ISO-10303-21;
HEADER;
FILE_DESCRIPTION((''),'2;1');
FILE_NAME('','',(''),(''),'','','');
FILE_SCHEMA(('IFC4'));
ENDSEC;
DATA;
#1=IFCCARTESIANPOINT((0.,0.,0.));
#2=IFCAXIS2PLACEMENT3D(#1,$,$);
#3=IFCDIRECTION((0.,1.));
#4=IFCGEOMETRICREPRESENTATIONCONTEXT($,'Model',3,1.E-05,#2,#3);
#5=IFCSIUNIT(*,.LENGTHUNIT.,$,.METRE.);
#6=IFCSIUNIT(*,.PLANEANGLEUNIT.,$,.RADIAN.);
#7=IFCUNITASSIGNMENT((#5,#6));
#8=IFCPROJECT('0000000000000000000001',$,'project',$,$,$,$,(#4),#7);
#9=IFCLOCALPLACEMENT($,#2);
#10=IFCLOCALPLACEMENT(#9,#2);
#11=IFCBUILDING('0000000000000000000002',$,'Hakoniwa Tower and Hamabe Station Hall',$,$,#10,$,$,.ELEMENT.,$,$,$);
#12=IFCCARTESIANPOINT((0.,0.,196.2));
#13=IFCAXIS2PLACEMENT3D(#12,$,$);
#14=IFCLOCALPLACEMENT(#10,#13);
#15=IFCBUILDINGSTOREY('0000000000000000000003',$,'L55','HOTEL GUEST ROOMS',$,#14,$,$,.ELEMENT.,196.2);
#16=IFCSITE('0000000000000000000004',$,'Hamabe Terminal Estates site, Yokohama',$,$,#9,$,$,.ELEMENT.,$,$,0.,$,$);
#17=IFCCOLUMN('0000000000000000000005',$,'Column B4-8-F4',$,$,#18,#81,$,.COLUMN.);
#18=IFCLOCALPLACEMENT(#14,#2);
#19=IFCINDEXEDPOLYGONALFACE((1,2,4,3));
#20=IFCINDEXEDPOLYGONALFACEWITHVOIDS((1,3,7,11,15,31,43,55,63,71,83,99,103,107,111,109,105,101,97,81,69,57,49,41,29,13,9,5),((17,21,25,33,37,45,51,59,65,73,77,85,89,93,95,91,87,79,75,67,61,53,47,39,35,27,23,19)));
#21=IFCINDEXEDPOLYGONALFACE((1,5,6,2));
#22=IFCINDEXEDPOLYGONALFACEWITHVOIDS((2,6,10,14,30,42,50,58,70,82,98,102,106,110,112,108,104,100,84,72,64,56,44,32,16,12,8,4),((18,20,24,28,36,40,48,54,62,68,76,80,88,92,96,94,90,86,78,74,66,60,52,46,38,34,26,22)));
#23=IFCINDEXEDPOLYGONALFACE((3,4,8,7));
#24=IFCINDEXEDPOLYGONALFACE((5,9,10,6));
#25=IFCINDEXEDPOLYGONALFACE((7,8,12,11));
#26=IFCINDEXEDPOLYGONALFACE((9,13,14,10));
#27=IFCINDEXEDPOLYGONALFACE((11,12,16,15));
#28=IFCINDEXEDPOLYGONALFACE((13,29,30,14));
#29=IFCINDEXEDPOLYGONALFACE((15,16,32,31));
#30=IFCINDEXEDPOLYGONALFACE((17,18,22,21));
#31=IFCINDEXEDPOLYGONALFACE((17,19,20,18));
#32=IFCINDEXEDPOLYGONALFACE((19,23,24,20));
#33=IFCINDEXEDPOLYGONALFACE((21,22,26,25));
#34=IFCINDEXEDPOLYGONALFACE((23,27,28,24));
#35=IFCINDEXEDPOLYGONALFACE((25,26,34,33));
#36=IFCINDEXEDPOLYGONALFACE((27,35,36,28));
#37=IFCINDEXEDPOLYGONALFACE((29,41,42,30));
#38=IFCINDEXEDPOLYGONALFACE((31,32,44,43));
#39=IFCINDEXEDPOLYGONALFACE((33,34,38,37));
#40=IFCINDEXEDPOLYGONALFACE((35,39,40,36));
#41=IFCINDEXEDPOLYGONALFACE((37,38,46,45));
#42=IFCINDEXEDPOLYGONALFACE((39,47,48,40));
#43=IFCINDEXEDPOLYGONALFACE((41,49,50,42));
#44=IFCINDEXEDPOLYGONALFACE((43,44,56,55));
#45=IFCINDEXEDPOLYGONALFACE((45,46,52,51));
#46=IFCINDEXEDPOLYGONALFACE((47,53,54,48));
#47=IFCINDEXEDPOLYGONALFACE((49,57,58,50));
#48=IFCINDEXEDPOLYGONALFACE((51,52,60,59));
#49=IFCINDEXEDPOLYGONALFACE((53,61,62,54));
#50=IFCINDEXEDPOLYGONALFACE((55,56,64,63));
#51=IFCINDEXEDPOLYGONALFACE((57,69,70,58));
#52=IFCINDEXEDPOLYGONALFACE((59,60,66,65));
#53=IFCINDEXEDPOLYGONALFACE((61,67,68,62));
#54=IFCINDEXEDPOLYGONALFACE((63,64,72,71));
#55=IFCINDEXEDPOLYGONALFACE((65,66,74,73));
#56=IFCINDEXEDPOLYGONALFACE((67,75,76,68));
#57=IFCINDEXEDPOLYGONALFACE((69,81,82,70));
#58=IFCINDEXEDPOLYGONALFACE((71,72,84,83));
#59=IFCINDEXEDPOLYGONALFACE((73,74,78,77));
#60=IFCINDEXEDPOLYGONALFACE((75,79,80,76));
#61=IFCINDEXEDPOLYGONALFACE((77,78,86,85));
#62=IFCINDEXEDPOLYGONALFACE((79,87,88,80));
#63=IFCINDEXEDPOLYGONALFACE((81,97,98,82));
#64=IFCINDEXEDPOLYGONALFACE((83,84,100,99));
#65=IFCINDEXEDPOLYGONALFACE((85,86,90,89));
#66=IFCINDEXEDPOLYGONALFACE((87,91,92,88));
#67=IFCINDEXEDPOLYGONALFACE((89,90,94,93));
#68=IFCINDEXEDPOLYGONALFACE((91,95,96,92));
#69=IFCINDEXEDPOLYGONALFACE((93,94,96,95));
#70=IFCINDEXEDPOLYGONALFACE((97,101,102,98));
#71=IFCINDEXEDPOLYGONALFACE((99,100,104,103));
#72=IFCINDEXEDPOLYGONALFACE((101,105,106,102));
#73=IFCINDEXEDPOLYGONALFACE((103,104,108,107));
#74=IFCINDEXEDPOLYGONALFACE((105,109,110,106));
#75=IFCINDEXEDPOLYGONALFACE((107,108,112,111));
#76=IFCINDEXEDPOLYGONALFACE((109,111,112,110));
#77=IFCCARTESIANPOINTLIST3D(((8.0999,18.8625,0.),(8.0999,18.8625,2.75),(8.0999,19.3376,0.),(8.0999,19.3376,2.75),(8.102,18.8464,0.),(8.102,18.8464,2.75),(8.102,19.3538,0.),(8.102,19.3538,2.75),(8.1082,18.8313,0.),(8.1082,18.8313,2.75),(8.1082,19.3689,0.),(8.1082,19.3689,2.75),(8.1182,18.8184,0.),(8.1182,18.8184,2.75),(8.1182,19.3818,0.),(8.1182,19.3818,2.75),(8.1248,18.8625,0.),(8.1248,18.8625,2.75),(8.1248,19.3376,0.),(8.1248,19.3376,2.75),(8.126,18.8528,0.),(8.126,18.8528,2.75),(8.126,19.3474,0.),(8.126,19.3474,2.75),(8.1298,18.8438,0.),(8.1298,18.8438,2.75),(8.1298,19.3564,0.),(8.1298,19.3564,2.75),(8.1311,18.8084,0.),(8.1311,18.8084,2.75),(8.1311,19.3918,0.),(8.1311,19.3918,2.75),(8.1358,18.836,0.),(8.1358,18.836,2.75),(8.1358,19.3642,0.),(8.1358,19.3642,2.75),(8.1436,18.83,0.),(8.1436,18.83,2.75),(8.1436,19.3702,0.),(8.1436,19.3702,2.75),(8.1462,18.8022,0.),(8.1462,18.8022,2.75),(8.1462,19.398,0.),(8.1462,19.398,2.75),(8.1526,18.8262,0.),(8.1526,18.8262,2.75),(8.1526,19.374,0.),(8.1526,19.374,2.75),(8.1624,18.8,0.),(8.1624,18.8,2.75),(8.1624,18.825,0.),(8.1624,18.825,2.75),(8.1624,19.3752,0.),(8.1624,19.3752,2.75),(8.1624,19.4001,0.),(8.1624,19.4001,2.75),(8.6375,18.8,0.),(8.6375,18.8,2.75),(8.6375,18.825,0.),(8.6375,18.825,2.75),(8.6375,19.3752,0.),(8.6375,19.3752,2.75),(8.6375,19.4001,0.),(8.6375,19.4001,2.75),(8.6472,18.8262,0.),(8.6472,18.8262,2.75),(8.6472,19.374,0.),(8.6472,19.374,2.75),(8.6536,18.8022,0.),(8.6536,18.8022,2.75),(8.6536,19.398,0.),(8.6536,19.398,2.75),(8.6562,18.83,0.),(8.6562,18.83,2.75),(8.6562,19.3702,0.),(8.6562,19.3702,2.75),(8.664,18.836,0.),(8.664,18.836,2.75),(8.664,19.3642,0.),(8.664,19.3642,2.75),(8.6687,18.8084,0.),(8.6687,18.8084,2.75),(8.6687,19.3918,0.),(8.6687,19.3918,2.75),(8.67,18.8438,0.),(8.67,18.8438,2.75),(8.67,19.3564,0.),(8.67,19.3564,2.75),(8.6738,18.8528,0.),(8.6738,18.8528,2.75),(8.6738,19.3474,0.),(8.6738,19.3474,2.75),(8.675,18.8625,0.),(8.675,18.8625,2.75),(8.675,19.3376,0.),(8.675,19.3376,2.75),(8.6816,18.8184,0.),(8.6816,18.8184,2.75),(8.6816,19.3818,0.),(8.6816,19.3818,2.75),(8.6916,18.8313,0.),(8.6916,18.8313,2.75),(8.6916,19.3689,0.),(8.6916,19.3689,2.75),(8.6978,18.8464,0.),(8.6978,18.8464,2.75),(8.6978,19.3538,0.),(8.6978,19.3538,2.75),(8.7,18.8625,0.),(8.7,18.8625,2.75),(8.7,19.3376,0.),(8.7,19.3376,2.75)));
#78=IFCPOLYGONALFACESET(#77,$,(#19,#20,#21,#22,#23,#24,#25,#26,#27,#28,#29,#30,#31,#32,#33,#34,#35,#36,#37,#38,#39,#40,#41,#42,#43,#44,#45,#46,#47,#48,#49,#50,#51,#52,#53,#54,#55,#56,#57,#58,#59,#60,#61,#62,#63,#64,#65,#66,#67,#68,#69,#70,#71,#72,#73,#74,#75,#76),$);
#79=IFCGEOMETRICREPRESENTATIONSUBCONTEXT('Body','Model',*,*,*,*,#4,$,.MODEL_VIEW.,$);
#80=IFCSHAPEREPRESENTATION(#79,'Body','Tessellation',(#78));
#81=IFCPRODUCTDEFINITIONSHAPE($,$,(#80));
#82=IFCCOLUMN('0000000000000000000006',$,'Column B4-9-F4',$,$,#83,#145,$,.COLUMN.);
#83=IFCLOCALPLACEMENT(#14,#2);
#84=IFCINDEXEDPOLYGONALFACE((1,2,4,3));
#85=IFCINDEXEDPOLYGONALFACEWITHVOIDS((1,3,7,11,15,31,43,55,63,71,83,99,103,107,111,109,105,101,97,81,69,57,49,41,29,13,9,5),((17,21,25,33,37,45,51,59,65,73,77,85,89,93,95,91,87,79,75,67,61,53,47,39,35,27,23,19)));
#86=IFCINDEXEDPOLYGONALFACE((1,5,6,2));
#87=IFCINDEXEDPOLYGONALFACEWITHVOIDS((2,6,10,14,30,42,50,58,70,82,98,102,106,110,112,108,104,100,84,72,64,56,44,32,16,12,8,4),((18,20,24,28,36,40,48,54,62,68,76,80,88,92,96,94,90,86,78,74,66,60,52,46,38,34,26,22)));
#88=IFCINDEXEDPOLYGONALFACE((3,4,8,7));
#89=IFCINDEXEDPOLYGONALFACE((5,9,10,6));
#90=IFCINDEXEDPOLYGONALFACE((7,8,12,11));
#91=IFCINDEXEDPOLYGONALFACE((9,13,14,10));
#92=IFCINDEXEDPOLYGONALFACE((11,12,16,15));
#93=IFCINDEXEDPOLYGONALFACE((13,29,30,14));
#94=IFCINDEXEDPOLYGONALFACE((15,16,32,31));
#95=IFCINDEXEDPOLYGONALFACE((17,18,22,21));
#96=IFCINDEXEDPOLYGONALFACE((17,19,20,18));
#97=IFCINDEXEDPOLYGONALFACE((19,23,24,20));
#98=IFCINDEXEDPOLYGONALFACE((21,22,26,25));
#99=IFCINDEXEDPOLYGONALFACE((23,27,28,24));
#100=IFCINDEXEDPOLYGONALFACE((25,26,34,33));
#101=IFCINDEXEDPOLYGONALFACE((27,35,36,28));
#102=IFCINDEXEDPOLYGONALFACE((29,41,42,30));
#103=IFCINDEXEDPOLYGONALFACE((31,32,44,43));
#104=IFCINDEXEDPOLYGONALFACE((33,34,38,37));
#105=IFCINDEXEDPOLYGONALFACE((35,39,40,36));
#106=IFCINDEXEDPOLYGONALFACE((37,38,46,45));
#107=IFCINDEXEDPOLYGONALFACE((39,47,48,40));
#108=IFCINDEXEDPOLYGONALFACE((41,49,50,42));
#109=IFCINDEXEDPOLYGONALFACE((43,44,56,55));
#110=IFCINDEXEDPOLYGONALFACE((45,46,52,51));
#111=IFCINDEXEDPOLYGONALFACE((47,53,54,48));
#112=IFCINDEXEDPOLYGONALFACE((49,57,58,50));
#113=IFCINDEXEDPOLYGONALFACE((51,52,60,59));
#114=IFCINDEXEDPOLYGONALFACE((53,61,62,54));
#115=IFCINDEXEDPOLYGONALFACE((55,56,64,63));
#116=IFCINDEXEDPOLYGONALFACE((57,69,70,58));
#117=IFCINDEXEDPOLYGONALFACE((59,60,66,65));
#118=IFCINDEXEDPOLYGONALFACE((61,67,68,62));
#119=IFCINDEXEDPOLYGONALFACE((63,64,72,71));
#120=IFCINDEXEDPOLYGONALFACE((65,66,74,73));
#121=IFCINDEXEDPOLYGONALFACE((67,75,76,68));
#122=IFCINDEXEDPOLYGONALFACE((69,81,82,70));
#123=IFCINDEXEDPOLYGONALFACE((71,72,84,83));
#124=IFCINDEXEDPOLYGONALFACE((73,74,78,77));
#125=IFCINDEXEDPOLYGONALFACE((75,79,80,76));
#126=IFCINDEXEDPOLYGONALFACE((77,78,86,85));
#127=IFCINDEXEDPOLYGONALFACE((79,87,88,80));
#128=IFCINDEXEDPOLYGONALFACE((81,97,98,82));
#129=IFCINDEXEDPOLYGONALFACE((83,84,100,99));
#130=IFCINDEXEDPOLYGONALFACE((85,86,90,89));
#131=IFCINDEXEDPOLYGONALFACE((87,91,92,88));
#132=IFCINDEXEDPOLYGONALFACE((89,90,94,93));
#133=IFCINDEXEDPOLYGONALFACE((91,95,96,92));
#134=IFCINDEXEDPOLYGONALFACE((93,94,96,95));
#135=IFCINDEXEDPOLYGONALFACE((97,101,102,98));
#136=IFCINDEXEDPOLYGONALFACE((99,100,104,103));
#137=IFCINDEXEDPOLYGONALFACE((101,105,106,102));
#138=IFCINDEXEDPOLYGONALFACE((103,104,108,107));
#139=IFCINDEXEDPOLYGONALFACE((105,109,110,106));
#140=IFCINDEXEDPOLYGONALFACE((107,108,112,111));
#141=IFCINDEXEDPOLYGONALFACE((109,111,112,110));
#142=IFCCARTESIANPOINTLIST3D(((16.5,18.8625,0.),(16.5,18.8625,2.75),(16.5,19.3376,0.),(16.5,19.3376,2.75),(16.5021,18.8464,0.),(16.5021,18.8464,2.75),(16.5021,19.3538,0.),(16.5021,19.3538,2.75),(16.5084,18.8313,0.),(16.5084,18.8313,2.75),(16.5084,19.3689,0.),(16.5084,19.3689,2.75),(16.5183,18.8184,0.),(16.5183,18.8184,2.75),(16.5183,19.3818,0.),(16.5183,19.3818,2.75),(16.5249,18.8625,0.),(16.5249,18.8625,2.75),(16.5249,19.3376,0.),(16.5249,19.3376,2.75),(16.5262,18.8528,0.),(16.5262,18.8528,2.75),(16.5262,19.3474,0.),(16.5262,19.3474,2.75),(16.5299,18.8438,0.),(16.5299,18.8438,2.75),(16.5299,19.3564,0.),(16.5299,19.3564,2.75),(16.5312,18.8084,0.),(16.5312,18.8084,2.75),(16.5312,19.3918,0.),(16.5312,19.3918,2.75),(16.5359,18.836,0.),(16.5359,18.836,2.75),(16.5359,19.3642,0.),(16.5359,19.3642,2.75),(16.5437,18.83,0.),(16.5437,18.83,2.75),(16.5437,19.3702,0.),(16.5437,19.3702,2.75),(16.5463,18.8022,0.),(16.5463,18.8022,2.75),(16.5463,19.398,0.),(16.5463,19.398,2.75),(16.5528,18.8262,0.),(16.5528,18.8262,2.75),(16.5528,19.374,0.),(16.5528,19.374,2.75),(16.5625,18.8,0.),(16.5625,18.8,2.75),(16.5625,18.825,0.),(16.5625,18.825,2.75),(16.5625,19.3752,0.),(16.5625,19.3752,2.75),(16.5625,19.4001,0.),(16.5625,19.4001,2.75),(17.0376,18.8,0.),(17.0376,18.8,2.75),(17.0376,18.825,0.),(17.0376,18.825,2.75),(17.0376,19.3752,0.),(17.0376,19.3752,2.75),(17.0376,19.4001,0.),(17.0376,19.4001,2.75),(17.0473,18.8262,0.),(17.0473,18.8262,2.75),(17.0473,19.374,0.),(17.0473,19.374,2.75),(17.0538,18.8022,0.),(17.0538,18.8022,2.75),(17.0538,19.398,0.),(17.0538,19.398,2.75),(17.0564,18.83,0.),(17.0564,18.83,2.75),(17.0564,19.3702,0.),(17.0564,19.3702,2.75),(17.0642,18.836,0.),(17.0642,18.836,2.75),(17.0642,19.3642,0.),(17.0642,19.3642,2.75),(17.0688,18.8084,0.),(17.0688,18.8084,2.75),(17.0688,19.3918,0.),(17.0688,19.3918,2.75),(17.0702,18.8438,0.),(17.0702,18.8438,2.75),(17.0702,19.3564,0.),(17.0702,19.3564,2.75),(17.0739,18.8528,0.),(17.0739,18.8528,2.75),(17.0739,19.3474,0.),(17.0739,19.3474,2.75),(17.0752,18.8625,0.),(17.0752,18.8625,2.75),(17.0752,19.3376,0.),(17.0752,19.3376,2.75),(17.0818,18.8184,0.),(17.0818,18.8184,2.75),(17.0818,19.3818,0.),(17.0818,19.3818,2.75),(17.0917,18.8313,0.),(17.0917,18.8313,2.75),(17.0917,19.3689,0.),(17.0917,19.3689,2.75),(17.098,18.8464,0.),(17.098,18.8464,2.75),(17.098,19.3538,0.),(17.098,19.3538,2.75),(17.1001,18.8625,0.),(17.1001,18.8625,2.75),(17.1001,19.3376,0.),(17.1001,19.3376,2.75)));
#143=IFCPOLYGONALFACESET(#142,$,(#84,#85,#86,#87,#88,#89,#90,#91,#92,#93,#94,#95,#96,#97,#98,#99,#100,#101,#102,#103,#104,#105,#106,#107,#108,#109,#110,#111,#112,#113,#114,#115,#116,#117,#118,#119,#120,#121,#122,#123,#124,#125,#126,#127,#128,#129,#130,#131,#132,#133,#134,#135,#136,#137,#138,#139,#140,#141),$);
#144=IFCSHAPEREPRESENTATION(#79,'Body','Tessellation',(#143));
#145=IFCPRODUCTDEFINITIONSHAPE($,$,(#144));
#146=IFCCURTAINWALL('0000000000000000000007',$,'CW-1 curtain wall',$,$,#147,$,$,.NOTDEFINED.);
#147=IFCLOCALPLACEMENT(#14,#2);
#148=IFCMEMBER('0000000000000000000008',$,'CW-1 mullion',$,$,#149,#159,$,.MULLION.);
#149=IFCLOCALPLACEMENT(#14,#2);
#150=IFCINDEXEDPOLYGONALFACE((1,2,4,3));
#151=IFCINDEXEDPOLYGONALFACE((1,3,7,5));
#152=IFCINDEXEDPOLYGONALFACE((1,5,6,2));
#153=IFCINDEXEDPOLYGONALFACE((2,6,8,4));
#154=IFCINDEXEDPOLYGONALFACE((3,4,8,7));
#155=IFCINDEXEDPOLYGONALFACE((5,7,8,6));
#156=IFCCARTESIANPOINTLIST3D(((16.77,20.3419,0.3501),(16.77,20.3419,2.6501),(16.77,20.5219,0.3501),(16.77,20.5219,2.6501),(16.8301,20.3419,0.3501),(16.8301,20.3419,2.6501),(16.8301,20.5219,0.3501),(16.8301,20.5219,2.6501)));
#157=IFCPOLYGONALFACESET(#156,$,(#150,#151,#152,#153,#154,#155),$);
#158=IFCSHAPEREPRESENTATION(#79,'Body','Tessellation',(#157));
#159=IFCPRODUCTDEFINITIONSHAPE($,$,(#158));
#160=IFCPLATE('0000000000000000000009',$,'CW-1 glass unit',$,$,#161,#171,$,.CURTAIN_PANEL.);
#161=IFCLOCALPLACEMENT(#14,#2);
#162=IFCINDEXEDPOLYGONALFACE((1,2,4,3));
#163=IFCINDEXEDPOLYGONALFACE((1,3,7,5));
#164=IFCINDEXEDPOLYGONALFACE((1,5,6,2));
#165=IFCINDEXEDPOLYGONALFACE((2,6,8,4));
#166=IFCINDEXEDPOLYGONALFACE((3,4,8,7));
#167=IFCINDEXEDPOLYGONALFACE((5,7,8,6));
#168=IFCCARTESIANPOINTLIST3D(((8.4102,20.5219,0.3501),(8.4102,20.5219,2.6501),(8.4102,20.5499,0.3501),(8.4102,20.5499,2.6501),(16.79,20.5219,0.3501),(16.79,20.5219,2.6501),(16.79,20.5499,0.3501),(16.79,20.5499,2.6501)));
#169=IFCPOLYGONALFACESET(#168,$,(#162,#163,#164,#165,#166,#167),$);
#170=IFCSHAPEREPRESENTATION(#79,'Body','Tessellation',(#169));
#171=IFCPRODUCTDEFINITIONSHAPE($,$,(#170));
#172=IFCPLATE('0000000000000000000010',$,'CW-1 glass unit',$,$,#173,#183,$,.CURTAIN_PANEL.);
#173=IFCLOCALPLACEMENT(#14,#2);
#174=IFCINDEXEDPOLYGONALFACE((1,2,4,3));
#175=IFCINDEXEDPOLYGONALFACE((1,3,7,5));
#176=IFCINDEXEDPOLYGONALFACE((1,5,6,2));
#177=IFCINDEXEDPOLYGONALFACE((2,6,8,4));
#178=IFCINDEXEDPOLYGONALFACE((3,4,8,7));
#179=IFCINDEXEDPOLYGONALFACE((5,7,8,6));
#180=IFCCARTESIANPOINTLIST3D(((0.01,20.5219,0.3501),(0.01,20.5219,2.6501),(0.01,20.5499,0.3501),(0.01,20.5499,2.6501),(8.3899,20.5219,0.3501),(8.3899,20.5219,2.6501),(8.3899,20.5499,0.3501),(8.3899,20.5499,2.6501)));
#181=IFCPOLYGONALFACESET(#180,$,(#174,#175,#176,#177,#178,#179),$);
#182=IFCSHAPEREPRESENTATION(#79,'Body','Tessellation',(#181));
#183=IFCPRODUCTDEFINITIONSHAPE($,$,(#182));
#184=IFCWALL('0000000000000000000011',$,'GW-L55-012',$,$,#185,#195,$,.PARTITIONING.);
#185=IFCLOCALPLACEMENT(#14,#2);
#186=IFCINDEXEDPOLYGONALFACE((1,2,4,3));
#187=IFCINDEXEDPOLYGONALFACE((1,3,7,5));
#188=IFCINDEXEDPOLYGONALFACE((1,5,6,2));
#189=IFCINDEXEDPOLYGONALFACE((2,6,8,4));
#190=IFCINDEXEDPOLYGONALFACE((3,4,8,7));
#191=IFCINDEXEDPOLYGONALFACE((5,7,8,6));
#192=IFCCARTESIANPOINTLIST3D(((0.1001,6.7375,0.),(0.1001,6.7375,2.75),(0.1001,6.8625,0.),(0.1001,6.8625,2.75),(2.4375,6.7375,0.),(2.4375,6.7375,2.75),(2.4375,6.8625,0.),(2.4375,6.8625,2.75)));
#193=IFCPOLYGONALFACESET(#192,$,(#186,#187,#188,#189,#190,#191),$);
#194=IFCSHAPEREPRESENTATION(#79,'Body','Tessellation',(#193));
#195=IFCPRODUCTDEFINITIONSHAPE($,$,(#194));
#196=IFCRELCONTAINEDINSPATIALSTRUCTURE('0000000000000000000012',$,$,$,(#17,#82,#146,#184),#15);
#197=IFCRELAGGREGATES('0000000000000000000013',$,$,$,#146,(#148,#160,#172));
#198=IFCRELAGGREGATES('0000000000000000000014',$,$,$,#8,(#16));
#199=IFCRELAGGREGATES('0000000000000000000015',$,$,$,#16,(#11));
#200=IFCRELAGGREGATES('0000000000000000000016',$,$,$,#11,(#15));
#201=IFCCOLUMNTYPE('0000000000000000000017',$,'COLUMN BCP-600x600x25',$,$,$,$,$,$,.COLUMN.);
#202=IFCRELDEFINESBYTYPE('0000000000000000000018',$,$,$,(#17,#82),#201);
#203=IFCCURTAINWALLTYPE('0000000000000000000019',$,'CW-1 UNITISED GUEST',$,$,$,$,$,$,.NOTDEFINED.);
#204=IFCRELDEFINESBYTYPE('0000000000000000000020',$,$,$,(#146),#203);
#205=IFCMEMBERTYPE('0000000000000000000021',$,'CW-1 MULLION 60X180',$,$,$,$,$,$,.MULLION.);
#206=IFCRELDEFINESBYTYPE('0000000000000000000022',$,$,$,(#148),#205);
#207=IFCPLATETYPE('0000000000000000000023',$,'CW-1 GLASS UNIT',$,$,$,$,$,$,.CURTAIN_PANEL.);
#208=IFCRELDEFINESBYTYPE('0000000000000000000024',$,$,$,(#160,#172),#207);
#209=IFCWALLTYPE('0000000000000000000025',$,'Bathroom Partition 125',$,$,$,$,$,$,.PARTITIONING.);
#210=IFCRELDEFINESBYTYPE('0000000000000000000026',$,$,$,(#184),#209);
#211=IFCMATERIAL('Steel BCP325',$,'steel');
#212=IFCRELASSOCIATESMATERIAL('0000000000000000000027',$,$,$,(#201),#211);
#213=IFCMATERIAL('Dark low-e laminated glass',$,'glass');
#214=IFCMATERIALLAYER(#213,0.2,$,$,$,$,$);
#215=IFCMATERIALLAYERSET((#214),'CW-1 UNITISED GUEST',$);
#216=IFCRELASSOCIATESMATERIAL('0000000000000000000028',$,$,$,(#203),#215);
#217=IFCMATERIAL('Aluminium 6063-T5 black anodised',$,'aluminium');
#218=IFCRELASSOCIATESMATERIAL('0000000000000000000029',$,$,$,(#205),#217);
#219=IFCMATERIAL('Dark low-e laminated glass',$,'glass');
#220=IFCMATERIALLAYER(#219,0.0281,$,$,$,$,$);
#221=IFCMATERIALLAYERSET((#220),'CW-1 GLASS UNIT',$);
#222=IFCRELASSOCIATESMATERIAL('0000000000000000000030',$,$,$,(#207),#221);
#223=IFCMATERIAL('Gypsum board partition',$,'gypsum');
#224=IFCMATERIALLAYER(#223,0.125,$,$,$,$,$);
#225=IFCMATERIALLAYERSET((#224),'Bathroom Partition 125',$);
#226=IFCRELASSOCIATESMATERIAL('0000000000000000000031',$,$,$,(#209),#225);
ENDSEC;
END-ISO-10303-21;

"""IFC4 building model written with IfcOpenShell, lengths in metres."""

from ifc_helpers import new_model, si_unit, direction, frame, frame_2d, origin, origin_2d, place, context, subcontext, project, spatial, rectangle, hollow_rectangle, extrude, material, layer, layer_set, material_profile, profile_set, type_object, element, aggregate, save


model = new_model("IFC4")

# Units and contexts
model_context = context("Model", 3, precision=1e-05, world=origin(), true_north=direction((0.0, 1.0)))
body_context = subcontext(model_context, "Body", "Model", "MODEL_VIEW")
ifc_project = project(units=[si_unit("LENGTHUNIT", "METRE"), si_unit("PLANEANGLEUNIT", "RADIAN")], contexts=[model_context])

# Site, building, storey
site_placement = place(None, origin())
site = spatial("IfcSite", under=ifc_project, at=site_placement, Name="Hamabe Terminal Estates site, Yokohama", CompositionType="ELEMENT", RefElevation=0.0)
building_placement = place(site_placement, origin())
building = spatial("IfcBuilding", under=site, at=building_placement, Name="Hakoniwa Tower and Hamabe Station Hall", CompositionType="ELEMENT")
storey_placement = place(building_placement, frame((0.0, 0.0, 196.2)))
storey = spatial("IfcBuildingStorey", under=building, at=storey_placement, Name="L55", Description="HOTEL GUEST ROOMS", CompositionType="ELEMENT", Elevation=196.2)

# Columns
ifc_material_1 = material(Name="Steel BCP325", Category="steel")
ifc_material_profile_1 = material_profile(ifc_material_1, hollow_rectangle(XDim=0.6001, YDim=0.6001, WallThickness=0.0249, InnerFilletRadius=0.0376, OuterFilletRadius=0.0625, at=origin_2d()), Name="BCP-600x600x25")
ifc_profile_set_1 = profile_set([ifc_material_profile_1], Name="Steel BCP325")
column_type = type_object("IfcColumnType", Name="COLUMN BCP-600x600x25", PredefinedType="COLUMN", material=ifc_profile_set_1)
for number, where, z_axis, x_axis, name in (
    (1, (8.3999, 19.1001, 0.0), (0.0, 0.0, 1.0), (1.0, 0.0, 0.0), "Column B4-8-F4"),
    (2, (16.8, 19.1001, 0.0), (0.0, 0.0, 1.0), (1.0, 0.0, 0.0), "Column B4-9-F4"),
):
    element("IfcColumn", number, at=place(storey_placement, frame(where, z_axis=z_axis, x_axis=x_axis)), inside=storey, type_object=column_type, Name=name, PredefinedType="COLUMN", context=body_context, shape_type="SweptSolid", body=[
        extrude(hollow_rectangle(XDim=0.6001, YDim=0.6001, WallThickness=0.0249, InnerFilletRadius=0.0376, OuterFilletRadius=0.0625, at=origin_2d()), origin(), (0.0, 0.0, 1.0), 2.75),
    ])

# Curtain wall, member, plates
ifc_material_2 = material(Name="Dark low-e laminated glass", Category="glass")
ifc_layer_1 = layer(ifc_material_2, 0.2)
ifc_layer_set_1 = layer_set([ifc_layer_1], Name="CW-1 UNITISED GUEST")
curtain_wall_type = type_object("IfcCurtainWallType", Name="CW-1 UNITISED GUEST", PredefinedType="NOTDEFINED", material=ifc_layer_set_1)
curtain_wall_placement = place(storey_placement, origin())
curtain_wall = element("IfcCurtainWall", 3, at=curtain_wall_placement, inside=storey, type_object=curtain_wall_type, Name="CW-1 curtain wall", PredefinedType="NOTDEFINED")
ifc_material_3 = material(Name="Aluminium 6063-T5 black anodised", Category="aluminium")
ifc_material_profile_2 = material_profile(ifc_material_3, rectangle(XDim=0.0601, YDim=0.1799, at=origin_2d()), Name="CW-1 MULLION 60X180")
ifc_profile_set_2 = profile_set([ifc_material_profile_2], Name="Aluminium 6063-T5 black anodised")
member_type = type_object("IfcMemberType", Name="CW-1 MULLION 60X180", PredefinedType="MULLION", material=ifc_profile_set_2)
member_placement = place(storey_placement, frame((16.8, 20.4319, 0.3501), z_axis=(0.0, 0.0, 1.0), x_axis=(-1.0, 0.0, 0.0)))
member = element("IfcMember", 4, at=member_placement, type_object=member_type, Name="CW-1 mullion", PredefinedType="MULLION", context=body_context, shape_type="SweptSolid", body=[
    extrude(rectangle(XDim=0.0601, YDim=0.1799, at=origin_2d()), origin(), (0.0, 0.0, 1.0), 2.3),
])
ifc_material_4 = material(Name="Dark low-e laminated glass", Category="glass")
ifc_layer_2 = layer(ifc_material_4, 0.0281)
ifc_layer_set_2 = layer_set([ifc_layer_2], Name="CW-1 GLASS UNIT")
plate_type = type_object("IfcPlateType", Name="CW-1 GLASS UNIT", PredefinedType="CURTAIN_PANEL", material=ifc_layer_set_2)
plate_1_placement = place(storey_placement, frame((12.6001, 20.5359, 0.3501), z_axis=(0.0, 0.0, 1.0), x_axis=(-1.0, 0.0, 0.0)))
plate_1 = element("IfcPlate", 5, at=plate_1_placement, type_object=plate_type, Name="CW-1 glass unit", PredefinedType="CURTAIN_PANEL", context=body_context, shape_type="SweptSolid", body=[
    extrude(rectangle(XDim=8.3799, YDim=0.0281, at=origin_2d()), origin(), (0.0, 0.0, 1.0), 2.3),
])
plate_2_placement = place(storey_placement, frame((4.2, 20.5359, 0.3501), z_axis=(0.0, 0.0, 1.0), x_axis=(-1.0, 0.0, 0.0)))
plate_2 = element("IfcPlate", 6, at=plate_2_placement, type_object=plate_type, Name="CW-1 glass unit", PredefinedType="CURTAIN_PANEL", context=body_context, shape_type="SweptSolid", body=[
    extrude(rectangle(XDim=8.3799, YDim=0.0281, at=origin_2d()), origin(), (0.0, 0.0, 1.0), 2.3),
])
aggregate(curtain_wall, [member, plate_1, plate_2])

# Wall
ifc_material_5 = material(Name="Gypsum board partition", Category="gypsum")
ifc_layer_3 = layer(ifc_material_5, 0.125)
ifc_layer_set_3 = layer_set([ifc_layer_3], Name="Bathroom Partition 125")
wall_type_1 = type_object("IfcWallType", Name="Bathroom Partition 125", PredefinedType="PARTITIONING", material=ifc_layer_set_3)
wall_1_placement = place(storey_placement, frame((0.1001, 6.8, 0.0), z_axis=(0.0, 0.0, 1.0), x_axis=(1.0, 0.0, 0.0)))
element("IfcWall", 7, at=wall_1_placement, inside=storey, type_object=wall_type_1, Name="GW-L55-012", PredefinedType="PARTITIONING", context=body_context, shape_type="SweptSolid", body=[
    extrude(rectangle(XDim=2.3374, YDim=0.125, at=frame_2d((1.1687, 0.0))), origin(), (0.0, 0.0, 1.0), 2.75),
])

save(model, "model.ifc")
